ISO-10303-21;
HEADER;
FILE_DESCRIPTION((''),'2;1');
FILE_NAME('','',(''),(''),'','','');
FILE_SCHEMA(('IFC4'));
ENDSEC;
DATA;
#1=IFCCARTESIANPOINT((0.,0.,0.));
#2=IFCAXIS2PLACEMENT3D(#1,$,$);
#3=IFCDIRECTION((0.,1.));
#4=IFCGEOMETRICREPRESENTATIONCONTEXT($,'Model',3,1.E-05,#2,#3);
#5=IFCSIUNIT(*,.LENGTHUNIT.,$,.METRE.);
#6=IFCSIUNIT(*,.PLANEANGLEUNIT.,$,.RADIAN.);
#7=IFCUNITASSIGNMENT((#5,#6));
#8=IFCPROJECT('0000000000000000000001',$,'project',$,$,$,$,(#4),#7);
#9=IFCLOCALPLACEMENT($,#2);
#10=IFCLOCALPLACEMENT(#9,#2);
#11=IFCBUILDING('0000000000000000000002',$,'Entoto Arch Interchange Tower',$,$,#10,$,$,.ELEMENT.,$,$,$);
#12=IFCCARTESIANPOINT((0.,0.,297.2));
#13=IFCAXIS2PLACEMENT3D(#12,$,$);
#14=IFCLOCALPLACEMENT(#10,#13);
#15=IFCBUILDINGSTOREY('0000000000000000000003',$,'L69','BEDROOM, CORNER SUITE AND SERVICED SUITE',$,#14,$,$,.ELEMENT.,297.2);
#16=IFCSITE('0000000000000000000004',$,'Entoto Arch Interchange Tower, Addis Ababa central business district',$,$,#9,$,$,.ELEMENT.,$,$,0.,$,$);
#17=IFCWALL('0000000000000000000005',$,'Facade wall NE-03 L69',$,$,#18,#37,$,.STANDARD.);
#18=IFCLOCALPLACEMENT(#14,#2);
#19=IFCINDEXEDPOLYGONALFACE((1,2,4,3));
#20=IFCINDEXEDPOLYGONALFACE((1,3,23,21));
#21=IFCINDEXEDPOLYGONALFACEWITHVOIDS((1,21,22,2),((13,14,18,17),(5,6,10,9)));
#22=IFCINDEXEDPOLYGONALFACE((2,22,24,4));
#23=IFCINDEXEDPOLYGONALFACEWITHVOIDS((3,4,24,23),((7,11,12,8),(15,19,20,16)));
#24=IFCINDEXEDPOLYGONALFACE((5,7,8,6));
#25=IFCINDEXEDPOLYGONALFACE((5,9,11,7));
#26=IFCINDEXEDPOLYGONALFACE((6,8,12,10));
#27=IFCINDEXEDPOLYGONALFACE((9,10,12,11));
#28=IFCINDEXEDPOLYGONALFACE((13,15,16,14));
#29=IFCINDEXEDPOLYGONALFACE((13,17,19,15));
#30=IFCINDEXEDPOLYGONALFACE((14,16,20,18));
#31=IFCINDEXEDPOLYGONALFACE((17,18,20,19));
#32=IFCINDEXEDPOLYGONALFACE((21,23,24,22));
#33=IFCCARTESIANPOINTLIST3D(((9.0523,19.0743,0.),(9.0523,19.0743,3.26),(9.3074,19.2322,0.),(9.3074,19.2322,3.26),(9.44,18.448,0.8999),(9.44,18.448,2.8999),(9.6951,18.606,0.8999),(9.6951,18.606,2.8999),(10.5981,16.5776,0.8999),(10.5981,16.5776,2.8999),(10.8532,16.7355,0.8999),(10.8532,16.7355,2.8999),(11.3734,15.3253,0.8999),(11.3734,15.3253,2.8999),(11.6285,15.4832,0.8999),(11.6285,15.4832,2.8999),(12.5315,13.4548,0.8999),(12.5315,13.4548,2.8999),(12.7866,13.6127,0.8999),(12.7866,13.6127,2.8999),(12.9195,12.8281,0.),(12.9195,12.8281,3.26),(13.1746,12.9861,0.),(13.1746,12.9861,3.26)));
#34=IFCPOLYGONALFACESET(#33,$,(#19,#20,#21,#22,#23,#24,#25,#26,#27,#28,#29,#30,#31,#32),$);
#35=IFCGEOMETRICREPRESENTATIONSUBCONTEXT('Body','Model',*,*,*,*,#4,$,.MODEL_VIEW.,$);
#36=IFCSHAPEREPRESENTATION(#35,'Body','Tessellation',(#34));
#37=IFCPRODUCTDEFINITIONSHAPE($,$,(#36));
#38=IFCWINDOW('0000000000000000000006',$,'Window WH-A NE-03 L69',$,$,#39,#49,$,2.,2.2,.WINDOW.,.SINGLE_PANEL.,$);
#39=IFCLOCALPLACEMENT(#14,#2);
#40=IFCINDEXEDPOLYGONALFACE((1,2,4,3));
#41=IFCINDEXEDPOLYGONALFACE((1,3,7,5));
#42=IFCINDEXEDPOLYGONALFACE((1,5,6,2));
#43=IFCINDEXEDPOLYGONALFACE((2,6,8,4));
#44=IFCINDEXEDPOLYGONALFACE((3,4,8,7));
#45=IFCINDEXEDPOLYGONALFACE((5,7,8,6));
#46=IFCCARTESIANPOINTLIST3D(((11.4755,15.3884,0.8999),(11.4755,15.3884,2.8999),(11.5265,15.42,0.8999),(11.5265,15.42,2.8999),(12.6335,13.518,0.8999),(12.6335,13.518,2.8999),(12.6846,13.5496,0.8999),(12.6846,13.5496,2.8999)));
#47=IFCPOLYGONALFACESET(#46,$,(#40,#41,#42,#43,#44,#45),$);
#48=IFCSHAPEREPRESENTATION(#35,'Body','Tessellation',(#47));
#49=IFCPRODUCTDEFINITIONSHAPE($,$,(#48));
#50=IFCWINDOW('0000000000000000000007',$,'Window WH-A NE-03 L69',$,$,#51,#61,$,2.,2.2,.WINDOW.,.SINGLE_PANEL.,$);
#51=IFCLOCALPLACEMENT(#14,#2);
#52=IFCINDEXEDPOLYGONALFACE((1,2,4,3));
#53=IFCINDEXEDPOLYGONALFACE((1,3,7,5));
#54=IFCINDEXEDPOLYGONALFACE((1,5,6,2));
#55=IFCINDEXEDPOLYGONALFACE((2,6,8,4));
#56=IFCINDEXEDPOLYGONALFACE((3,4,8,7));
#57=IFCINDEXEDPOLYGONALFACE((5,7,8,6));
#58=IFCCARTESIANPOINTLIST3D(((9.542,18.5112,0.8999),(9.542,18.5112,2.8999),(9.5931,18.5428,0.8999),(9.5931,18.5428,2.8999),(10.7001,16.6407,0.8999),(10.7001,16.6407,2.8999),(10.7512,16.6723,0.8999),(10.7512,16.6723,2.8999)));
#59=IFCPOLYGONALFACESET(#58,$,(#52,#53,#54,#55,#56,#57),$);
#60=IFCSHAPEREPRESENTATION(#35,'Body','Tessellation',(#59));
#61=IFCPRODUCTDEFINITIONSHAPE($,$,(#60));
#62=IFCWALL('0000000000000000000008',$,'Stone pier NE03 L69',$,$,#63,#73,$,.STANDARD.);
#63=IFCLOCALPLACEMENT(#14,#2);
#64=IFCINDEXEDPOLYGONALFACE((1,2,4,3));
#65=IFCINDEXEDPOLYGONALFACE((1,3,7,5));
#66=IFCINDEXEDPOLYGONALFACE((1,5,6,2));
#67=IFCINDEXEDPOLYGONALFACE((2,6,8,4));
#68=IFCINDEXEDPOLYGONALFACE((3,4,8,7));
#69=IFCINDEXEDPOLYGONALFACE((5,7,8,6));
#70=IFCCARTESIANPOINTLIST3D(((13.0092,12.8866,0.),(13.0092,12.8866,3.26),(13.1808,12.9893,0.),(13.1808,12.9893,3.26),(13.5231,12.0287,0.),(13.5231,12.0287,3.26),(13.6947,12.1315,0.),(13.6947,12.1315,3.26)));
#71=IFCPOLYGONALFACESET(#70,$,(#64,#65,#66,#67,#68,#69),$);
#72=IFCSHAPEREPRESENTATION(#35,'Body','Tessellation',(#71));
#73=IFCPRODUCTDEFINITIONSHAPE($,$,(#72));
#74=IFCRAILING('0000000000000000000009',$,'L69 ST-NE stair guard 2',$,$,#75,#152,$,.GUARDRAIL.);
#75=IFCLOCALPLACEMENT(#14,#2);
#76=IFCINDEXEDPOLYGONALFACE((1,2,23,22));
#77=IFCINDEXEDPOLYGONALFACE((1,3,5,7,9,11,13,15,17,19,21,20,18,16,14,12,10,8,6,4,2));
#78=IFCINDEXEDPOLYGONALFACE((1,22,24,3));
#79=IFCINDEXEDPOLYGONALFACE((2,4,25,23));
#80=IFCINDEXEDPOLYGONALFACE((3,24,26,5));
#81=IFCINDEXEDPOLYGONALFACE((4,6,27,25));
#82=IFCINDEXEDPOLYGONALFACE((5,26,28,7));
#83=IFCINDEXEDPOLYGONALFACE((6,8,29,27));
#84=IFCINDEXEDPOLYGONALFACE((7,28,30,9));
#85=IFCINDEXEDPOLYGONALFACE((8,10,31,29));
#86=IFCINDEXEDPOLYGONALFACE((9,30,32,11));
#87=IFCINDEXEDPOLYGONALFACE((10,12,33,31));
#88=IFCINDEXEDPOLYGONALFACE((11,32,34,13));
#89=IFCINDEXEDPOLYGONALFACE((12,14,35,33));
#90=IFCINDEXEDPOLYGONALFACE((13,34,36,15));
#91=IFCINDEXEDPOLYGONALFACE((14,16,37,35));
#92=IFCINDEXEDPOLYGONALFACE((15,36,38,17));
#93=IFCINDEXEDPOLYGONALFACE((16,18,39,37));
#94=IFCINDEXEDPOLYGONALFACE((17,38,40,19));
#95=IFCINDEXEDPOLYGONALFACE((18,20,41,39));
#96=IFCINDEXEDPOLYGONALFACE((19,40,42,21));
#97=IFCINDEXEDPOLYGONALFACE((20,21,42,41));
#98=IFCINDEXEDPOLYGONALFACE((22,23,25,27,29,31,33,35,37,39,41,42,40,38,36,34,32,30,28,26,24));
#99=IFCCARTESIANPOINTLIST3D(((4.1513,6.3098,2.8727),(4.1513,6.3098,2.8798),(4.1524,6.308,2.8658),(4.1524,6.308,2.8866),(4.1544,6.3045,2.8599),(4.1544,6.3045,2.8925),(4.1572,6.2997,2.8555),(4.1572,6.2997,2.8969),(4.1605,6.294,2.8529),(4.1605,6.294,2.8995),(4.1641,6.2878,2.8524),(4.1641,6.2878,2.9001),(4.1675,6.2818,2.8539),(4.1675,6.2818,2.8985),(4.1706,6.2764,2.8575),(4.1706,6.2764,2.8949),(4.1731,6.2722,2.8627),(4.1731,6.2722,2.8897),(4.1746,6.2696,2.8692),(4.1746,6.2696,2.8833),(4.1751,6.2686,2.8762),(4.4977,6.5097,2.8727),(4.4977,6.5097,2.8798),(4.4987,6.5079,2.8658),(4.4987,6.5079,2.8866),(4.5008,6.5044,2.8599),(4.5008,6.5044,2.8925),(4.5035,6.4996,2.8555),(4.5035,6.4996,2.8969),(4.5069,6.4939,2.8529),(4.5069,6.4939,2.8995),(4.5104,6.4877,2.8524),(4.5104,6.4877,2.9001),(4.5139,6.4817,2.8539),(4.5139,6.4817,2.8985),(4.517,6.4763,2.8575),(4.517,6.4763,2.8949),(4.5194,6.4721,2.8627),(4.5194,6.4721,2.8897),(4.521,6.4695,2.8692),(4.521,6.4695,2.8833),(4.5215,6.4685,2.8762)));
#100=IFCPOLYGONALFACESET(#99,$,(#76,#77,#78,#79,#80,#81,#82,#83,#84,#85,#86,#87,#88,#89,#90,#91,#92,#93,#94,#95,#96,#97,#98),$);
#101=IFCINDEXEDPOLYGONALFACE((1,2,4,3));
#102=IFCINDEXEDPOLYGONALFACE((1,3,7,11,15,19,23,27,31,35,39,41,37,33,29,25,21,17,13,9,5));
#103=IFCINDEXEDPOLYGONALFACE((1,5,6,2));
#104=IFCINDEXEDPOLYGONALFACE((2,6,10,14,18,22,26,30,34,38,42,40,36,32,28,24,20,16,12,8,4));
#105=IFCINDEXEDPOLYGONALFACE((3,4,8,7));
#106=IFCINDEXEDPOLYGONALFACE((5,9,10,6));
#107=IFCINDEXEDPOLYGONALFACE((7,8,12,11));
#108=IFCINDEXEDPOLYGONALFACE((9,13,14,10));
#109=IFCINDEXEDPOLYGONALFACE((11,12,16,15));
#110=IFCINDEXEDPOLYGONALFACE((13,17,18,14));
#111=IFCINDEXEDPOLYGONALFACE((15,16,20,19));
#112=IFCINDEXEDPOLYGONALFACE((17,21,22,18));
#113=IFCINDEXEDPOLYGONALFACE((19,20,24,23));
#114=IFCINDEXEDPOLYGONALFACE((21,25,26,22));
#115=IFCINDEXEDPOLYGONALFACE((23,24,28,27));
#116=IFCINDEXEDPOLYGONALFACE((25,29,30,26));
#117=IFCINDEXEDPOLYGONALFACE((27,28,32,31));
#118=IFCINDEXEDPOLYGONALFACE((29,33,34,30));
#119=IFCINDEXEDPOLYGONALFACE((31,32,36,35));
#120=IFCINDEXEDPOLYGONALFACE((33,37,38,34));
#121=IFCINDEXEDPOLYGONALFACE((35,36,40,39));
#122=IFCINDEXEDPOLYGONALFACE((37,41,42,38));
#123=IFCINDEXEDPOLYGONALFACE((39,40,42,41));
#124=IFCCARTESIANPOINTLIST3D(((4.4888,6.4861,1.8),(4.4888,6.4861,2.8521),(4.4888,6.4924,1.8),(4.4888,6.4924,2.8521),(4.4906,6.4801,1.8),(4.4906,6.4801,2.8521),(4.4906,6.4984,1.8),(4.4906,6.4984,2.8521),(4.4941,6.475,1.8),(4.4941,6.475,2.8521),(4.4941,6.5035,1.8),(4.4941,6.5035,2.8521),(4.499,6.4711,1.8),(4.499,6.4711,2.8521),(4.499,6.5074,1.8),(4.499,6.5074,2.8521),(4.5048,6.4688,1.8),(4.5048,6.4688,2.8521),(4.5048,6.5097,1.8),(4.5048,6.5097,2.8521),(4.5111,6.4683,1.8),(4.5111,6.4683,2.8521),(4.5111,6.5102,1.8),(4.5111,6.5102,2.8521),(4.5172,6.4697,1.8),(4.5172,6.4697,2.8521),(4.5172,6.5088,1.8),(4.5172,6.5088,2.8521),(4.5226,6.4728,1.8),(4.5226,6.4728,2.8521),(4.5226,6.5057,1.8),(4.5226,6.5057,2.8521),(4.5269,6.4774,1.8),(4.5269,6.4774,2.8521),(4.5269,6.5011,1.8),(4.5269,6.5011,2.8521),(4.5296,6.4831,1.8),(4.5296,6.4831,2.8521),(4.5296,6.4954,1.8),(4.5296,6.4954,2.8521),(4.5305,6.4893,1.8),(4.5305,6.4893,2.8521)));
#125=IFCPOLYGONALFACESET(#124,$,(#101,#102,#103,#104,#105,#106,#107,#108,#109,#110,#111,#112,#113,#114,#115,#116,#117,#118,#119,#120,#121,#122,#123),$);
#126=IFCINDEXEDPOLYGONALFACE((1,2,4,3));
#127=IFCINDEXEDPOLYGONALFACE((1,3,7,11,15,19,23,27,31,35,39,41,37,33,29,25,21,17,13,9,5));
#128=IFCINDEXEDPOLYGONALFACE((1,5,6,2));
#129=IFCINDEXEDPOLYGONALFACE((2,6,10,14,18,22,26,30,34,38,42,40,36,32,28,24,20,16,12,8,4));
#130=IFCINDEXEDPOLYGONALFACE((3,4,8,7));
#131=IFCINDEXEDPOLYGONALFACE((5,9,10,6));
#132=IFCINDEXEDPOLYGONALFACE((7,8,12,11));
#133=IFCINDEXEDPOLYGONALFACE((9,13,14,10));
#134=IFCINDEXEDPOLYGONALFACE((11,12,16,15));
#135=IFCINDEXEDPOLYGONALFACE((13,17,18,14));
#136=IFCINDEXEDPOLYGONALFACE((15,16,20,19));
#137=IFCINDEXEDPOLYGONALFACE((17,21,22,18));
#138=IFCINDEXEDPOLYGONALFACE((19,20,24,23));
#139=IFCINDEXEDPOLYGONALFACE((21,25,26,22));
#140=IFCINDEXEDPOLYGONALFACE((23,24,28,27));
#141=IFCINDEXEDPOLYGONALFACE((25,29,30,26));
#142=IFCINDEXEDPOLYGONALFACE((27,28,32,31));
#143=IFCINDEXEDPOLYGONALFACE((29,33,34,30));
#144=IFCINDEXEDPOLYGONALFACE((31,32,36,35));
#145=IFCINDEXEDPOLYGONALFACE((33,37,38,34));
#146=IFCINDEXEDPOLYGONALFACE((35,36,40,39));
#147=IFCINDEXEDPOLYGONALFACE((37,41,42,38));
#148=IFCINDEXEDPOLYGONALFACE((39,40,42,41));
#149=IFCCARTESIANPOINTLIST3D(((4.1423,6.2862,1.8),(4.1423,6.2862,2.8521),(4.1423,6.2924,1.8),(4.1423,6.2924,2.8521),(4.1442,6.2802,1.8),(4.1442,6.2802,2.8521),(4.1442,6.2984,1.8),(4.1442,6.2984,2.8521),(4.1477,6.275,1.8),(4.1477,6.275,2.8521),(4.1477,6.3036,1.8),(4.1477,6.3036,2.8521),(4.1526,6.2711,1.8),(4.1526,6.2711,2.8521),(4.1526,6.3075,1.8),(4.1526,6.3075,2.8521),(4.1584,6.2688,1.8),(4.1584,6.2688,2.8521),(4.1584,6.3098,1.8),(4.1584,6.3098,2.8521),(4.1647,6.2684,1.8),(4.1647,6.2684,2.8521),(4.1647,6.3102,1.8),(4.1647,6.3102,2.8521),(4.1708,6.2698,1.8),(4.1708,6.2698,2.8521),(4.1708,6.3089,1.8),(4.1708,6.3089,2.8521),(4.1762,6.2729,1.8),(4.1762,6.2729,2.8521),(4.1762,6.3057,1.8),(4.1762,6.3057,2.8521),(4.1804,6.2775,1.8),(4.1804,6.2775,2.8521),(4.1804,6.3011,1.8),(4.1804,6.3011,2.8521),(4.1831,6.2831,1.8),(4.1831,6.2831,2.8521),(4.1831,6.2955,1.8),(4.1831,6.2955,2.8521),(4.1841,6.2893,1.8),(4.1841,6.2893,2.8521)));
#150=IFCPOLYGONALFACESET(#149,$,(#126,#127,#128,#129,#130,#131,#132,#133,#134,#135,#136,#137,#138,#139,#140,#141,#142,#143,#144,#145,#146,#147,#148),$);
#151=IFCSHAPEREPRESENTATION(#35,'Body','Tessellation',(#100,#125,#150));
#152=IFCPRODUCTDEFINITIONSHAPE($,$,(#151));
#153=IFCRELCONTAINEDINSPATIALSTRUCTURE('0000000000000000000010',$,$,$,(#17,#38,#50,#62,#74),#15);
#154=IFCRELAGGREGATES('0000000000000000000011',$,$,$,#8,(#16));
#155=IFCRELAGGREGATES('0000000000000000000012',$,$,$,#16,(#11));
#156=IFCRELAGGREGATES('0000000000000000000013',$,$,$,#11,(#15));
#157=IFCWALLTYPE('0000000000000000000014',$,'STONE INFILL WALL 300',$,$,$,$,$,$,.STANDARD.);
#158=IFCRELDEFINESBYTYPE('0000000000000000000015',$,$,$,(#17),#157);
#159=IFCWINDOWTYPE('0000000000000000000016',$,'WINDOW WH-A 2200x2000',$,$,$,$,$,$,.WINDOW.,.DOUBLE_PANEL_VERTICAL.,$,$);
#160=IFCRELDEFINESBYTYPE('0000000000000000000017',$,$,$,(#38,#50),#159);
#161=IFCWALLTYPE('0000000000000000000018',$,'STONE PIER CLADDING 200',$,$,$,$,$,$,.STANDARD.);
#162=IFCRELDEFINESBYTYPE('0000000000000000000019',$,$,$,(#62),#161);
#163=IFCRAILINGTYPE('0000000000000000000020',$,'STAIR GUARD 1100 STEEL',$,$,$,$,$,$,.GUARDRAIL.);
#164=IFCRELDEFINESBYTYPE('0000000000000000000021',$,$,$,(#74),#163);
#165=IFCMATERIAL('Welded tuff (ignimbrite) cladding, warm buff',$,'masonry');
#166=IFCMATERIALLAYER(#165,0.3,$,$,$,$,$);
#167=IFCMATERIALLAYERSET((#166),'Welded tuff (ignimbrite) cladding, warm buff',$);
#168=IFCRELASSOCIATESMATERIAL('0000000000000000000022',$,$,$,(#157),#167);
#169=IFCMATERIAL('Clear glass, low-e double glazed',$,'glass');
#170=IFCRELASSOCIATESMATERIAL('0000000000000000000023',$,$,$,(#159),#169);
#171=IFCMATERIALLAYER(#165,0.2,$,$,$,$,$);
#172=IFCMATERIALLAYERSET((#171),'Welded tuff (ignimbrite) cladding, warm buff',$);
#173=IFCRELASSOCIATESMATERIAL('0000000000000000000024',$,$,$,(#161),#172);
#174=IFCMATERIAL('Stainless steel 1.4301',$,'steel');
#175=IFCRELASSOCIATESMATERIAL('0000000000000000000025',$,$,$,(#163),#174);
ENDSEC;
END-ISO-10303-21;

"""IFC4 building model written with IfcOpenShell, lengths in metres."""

from ifc_helpers import new_model, si_unit, direction, frame, frame_2d, origin, origin_2d, place, context, subcontext, project, spatial, rectangle, circle, extrude, material, layer, layer_set, type_object, element, fill, save


model = new_model("IFC4")

# Units and contexts
model_context = context("Model", 3, precision=1e-05, world=origin(), true_north=direction((0.0, 1.0)))
body_context = subcontext(model_context, "Body", "Model", "MODEL_VIEW")
ifc_project = project(units=[si_unit("LENGTHUNIT", "METRE"), si_unit("PLANEANGLEUNIT", "RADIAN")], contexts=[model_context])

# Site, building, storey
site_placement = place(None, origin())
site = spatial("IfcSite", under=ifc_project, at=site_placement, Name="Entoto Arch Interchange Tower, Addis Ababa central business district", CompositionType="ELEMENT", RefElevation=0.0)
building_placement = place(site_placement, origin())
building = spatial("IfcBuilding", under=site, at=building_placement, Name="Entoto Arch Interchange Tower", CompositionType="ELEMENT")
storey_placement = place(building_placement, frame((0.0, 0.0, 297.2)))
storey = spatial("IfcBuildingStorey", under=building, at=storey_placement, Name="L69", Description="BEDROOM, CORNER SUITE AND SERVICED SUITE", CompositionType="ELEMENT", Elevation=297.2)

# Wall, openings, windows
ifc_material_1 = material(Name="Welded tuff (ignimbrite) cladding, warm buff", Category="masonry")
ifc_layer_1 = layer(ifc_material_1, 0.3)
ifc_layer_set_1 = layer_set([ifc_layer_1], Name="Welded tuff (ignimbrite) cladding, warm buff")
wall_type_1 = type_object("IfcWallType", Name="STONE INFILL WALL 300", PredefinedType="STANDARD", material=ifc_layer_set_1)
wall_1_placement = place(storey_placement, frame((13.0471, 12.907, 0.0), z_axis=(0.0, 0.0, 1.0), x_axis=(-0.52641, 0.850231, 0.0)))
wall_1 = element("IfcWall", 1, at=wall_1_placement, inside=storey, type_object=wall_type_1, Name="Facade wall NE-03 L69", PredefinedType="STANDARD", context=body_context, shape_type="SweptSolid", body=[
    extrude(rectangle(XDim=7.3464, YDim=0.3, at=frame_2d((3.6733, 0.0))), origin(), (0.0, 0.0, 1.0), 3.26),
])
opening_1_placement = place(wall_1_placement, frame((0.7371, 0.0, 0.8999)))
opening_1 = element("IfcOpeningElement", 2, at=opening_1_placement, cuts=wall_1, PredefinedType="OPENING", context=body_context, shape_type="SweptSolid", body=[
    extrude(rectangle(XDim=2.2, YDim=2.0, at=frame_2d((1.1001, 1.0))), frame((0.0, 0.1602, 0.0), z_axis=(0.0, -1.0, 0.0), x_axis=(1.0, 0.0, 0.0)), (0.0, 0.0, 1.0), 0.3201),
])
opening_2_placement = place(wall_1_placement, frame((4.4099, 0.0, 0.8999)))
opening_2 = element("IfcOpeningElement", 3, at=opening_2_placement, cuts=wall_1, PredefinedType="OPENING", context=body_context, shape_type="SweptSolid", body=[
    extrude(rectangle(XDim=2.2, YDim=2.0, at=frame_2d((1.1001, 1.0))), frame((0.0, 0.1602, 0.0), z_axis=(0.0, -1.0, 0.0), x_axis=(1.0, 0.0, 0.0)), (0.0, 0.0, 1.0), 0.3201),
])
ifc_material_2 = material(Name="Clear glass, low-e double glazed", Category="glass")
window_type = type_object("IfcWindowType", Name="WINDOW WH-A 2200x2000", PartitioningType="DOUBLE_PANEL_VERTICAL", PredefinedType="WINDOW", material=ifc_material_2)
window_1_placement = place(opening_1_placement, origin())
window_1 = element("IfcWindow", 4, at=window_1_placement, inside=storey, type_object=window_type, Name="Window WH-A NE-03 L69", OverallHeight=2.0, OverallWidth=2.2, PartitioningType="SINGLE_PANEL", PredefinedType="WINDOW", context=body_context, shape_type="SweptSolid", body=[
    extrude(rectangle(XDim=2.2, YDim=2.0, at=frame_2d((1.1001, 1.0))), frame((0.0, 0.03, 0.0), z_axis=(0.0, -1.0, 0.0), x_axis=(1.0, 0.0, 0.0)), (0.0, 0.0, 1.0), 0.0601),
])
fill(opening_1, window_1)
window_2_placement = place(opening_2_placement, origin())
window_2 = element("IfcWindow", 5, at=window_2_placement, inside=storey, type_object=window_type, Name="Window WH-A NE-03 L69", OverallHeight=2.0, OverallWidth=2.2, PartitioningType="SINGLE_PANEL", PredefinedType="WINDOW", context=body_context, shape_type="SweptSolid", body=[
    extrude(rectangle(XDim=2.2, YDim=2.0, at=frame_2d((1.1001, 1.0))), frame((0.0, 0.03, 0.0), z_axis=(0.0, -1.0, 0.0), x_axis=(1.0, 0.0, 0.0)), (0.0, 0.0, 1.0), 0.0601),
])
fill(opening_2, window_2)

# Wall
ifc_layer_2 = layer(ifc_material_1, 0.2)
ifc_layer_set_2 = layer_set([ifc_layer_2], Name="Welded tuff (ignimbrite) cladding, warm buff")
wall_type_2 = type_object("IfcWallType", Name="STONE PIER CLADDING 200", PredefinedType="STANDARD", material=ifc_layer_set_2)
wall_2_placement = place(storey_placement, frame((13.6089, 12.0801, 0.0), z_axis=(0.0, 0.0, 1.0), x_axis=(-0.513885, 0.857859, 0.0)))
element("IfcWall", 6, at=wall_2_placement, inside=storey, type_object=wall_type_2, Name="Stone pier NE03 L69", PredefinedType="STANDARD", context=body_context, shape_type="SweptSolid", body=[
    extrude(rectangle(XDim=1.0, YDim=0.2, at=frame_2d((0.5, 0.0))), origin(), (0.0, 0.0, 1.0), 3.26),
])

# Railing
ifc_material_3 = material(Name="Stainless steel 1.4301", Category="steel")
railing_type = type_object("IfcRailingType", Name="STAIR GUARD 1100 STEEL", PredefinedType="GUARDRAIL", material=ifc_material_3)
railing_1_placement = place(storey_placement, frame((4.5095, 6.4893, 1.8)))
element("IfcRailing", 7, at=railing_1_placement, inside=storey, type_object=railing_type, Name="L69 ST-NE stair guard 2", PredefinedType="GUARDRAIL", context=body_context, shape_type="SweptSolid", body=[
    extrude(circle(Radius=0.0239, at=origin_2d()), frame((0.0, 0.0, 1.0762), z_axis=(-0.866094, -0.499881, 0.0), x_axis=(0.499881, -0.866094, 0.0)), (0.0, 0.0, 1.0), 0.3999),
    extrude(circle(Radius=0.021, at=origin_2d()), origin(), (0.0, 0.0, 1.0), 1.052),
    extrude(circle(Radius=0.021, at=origin_2d()), frame((-0.3464, -0.2, 0.0)), (0.0, 0.0, 1.0), 1.052),
])

save(model, "model.ifc")
